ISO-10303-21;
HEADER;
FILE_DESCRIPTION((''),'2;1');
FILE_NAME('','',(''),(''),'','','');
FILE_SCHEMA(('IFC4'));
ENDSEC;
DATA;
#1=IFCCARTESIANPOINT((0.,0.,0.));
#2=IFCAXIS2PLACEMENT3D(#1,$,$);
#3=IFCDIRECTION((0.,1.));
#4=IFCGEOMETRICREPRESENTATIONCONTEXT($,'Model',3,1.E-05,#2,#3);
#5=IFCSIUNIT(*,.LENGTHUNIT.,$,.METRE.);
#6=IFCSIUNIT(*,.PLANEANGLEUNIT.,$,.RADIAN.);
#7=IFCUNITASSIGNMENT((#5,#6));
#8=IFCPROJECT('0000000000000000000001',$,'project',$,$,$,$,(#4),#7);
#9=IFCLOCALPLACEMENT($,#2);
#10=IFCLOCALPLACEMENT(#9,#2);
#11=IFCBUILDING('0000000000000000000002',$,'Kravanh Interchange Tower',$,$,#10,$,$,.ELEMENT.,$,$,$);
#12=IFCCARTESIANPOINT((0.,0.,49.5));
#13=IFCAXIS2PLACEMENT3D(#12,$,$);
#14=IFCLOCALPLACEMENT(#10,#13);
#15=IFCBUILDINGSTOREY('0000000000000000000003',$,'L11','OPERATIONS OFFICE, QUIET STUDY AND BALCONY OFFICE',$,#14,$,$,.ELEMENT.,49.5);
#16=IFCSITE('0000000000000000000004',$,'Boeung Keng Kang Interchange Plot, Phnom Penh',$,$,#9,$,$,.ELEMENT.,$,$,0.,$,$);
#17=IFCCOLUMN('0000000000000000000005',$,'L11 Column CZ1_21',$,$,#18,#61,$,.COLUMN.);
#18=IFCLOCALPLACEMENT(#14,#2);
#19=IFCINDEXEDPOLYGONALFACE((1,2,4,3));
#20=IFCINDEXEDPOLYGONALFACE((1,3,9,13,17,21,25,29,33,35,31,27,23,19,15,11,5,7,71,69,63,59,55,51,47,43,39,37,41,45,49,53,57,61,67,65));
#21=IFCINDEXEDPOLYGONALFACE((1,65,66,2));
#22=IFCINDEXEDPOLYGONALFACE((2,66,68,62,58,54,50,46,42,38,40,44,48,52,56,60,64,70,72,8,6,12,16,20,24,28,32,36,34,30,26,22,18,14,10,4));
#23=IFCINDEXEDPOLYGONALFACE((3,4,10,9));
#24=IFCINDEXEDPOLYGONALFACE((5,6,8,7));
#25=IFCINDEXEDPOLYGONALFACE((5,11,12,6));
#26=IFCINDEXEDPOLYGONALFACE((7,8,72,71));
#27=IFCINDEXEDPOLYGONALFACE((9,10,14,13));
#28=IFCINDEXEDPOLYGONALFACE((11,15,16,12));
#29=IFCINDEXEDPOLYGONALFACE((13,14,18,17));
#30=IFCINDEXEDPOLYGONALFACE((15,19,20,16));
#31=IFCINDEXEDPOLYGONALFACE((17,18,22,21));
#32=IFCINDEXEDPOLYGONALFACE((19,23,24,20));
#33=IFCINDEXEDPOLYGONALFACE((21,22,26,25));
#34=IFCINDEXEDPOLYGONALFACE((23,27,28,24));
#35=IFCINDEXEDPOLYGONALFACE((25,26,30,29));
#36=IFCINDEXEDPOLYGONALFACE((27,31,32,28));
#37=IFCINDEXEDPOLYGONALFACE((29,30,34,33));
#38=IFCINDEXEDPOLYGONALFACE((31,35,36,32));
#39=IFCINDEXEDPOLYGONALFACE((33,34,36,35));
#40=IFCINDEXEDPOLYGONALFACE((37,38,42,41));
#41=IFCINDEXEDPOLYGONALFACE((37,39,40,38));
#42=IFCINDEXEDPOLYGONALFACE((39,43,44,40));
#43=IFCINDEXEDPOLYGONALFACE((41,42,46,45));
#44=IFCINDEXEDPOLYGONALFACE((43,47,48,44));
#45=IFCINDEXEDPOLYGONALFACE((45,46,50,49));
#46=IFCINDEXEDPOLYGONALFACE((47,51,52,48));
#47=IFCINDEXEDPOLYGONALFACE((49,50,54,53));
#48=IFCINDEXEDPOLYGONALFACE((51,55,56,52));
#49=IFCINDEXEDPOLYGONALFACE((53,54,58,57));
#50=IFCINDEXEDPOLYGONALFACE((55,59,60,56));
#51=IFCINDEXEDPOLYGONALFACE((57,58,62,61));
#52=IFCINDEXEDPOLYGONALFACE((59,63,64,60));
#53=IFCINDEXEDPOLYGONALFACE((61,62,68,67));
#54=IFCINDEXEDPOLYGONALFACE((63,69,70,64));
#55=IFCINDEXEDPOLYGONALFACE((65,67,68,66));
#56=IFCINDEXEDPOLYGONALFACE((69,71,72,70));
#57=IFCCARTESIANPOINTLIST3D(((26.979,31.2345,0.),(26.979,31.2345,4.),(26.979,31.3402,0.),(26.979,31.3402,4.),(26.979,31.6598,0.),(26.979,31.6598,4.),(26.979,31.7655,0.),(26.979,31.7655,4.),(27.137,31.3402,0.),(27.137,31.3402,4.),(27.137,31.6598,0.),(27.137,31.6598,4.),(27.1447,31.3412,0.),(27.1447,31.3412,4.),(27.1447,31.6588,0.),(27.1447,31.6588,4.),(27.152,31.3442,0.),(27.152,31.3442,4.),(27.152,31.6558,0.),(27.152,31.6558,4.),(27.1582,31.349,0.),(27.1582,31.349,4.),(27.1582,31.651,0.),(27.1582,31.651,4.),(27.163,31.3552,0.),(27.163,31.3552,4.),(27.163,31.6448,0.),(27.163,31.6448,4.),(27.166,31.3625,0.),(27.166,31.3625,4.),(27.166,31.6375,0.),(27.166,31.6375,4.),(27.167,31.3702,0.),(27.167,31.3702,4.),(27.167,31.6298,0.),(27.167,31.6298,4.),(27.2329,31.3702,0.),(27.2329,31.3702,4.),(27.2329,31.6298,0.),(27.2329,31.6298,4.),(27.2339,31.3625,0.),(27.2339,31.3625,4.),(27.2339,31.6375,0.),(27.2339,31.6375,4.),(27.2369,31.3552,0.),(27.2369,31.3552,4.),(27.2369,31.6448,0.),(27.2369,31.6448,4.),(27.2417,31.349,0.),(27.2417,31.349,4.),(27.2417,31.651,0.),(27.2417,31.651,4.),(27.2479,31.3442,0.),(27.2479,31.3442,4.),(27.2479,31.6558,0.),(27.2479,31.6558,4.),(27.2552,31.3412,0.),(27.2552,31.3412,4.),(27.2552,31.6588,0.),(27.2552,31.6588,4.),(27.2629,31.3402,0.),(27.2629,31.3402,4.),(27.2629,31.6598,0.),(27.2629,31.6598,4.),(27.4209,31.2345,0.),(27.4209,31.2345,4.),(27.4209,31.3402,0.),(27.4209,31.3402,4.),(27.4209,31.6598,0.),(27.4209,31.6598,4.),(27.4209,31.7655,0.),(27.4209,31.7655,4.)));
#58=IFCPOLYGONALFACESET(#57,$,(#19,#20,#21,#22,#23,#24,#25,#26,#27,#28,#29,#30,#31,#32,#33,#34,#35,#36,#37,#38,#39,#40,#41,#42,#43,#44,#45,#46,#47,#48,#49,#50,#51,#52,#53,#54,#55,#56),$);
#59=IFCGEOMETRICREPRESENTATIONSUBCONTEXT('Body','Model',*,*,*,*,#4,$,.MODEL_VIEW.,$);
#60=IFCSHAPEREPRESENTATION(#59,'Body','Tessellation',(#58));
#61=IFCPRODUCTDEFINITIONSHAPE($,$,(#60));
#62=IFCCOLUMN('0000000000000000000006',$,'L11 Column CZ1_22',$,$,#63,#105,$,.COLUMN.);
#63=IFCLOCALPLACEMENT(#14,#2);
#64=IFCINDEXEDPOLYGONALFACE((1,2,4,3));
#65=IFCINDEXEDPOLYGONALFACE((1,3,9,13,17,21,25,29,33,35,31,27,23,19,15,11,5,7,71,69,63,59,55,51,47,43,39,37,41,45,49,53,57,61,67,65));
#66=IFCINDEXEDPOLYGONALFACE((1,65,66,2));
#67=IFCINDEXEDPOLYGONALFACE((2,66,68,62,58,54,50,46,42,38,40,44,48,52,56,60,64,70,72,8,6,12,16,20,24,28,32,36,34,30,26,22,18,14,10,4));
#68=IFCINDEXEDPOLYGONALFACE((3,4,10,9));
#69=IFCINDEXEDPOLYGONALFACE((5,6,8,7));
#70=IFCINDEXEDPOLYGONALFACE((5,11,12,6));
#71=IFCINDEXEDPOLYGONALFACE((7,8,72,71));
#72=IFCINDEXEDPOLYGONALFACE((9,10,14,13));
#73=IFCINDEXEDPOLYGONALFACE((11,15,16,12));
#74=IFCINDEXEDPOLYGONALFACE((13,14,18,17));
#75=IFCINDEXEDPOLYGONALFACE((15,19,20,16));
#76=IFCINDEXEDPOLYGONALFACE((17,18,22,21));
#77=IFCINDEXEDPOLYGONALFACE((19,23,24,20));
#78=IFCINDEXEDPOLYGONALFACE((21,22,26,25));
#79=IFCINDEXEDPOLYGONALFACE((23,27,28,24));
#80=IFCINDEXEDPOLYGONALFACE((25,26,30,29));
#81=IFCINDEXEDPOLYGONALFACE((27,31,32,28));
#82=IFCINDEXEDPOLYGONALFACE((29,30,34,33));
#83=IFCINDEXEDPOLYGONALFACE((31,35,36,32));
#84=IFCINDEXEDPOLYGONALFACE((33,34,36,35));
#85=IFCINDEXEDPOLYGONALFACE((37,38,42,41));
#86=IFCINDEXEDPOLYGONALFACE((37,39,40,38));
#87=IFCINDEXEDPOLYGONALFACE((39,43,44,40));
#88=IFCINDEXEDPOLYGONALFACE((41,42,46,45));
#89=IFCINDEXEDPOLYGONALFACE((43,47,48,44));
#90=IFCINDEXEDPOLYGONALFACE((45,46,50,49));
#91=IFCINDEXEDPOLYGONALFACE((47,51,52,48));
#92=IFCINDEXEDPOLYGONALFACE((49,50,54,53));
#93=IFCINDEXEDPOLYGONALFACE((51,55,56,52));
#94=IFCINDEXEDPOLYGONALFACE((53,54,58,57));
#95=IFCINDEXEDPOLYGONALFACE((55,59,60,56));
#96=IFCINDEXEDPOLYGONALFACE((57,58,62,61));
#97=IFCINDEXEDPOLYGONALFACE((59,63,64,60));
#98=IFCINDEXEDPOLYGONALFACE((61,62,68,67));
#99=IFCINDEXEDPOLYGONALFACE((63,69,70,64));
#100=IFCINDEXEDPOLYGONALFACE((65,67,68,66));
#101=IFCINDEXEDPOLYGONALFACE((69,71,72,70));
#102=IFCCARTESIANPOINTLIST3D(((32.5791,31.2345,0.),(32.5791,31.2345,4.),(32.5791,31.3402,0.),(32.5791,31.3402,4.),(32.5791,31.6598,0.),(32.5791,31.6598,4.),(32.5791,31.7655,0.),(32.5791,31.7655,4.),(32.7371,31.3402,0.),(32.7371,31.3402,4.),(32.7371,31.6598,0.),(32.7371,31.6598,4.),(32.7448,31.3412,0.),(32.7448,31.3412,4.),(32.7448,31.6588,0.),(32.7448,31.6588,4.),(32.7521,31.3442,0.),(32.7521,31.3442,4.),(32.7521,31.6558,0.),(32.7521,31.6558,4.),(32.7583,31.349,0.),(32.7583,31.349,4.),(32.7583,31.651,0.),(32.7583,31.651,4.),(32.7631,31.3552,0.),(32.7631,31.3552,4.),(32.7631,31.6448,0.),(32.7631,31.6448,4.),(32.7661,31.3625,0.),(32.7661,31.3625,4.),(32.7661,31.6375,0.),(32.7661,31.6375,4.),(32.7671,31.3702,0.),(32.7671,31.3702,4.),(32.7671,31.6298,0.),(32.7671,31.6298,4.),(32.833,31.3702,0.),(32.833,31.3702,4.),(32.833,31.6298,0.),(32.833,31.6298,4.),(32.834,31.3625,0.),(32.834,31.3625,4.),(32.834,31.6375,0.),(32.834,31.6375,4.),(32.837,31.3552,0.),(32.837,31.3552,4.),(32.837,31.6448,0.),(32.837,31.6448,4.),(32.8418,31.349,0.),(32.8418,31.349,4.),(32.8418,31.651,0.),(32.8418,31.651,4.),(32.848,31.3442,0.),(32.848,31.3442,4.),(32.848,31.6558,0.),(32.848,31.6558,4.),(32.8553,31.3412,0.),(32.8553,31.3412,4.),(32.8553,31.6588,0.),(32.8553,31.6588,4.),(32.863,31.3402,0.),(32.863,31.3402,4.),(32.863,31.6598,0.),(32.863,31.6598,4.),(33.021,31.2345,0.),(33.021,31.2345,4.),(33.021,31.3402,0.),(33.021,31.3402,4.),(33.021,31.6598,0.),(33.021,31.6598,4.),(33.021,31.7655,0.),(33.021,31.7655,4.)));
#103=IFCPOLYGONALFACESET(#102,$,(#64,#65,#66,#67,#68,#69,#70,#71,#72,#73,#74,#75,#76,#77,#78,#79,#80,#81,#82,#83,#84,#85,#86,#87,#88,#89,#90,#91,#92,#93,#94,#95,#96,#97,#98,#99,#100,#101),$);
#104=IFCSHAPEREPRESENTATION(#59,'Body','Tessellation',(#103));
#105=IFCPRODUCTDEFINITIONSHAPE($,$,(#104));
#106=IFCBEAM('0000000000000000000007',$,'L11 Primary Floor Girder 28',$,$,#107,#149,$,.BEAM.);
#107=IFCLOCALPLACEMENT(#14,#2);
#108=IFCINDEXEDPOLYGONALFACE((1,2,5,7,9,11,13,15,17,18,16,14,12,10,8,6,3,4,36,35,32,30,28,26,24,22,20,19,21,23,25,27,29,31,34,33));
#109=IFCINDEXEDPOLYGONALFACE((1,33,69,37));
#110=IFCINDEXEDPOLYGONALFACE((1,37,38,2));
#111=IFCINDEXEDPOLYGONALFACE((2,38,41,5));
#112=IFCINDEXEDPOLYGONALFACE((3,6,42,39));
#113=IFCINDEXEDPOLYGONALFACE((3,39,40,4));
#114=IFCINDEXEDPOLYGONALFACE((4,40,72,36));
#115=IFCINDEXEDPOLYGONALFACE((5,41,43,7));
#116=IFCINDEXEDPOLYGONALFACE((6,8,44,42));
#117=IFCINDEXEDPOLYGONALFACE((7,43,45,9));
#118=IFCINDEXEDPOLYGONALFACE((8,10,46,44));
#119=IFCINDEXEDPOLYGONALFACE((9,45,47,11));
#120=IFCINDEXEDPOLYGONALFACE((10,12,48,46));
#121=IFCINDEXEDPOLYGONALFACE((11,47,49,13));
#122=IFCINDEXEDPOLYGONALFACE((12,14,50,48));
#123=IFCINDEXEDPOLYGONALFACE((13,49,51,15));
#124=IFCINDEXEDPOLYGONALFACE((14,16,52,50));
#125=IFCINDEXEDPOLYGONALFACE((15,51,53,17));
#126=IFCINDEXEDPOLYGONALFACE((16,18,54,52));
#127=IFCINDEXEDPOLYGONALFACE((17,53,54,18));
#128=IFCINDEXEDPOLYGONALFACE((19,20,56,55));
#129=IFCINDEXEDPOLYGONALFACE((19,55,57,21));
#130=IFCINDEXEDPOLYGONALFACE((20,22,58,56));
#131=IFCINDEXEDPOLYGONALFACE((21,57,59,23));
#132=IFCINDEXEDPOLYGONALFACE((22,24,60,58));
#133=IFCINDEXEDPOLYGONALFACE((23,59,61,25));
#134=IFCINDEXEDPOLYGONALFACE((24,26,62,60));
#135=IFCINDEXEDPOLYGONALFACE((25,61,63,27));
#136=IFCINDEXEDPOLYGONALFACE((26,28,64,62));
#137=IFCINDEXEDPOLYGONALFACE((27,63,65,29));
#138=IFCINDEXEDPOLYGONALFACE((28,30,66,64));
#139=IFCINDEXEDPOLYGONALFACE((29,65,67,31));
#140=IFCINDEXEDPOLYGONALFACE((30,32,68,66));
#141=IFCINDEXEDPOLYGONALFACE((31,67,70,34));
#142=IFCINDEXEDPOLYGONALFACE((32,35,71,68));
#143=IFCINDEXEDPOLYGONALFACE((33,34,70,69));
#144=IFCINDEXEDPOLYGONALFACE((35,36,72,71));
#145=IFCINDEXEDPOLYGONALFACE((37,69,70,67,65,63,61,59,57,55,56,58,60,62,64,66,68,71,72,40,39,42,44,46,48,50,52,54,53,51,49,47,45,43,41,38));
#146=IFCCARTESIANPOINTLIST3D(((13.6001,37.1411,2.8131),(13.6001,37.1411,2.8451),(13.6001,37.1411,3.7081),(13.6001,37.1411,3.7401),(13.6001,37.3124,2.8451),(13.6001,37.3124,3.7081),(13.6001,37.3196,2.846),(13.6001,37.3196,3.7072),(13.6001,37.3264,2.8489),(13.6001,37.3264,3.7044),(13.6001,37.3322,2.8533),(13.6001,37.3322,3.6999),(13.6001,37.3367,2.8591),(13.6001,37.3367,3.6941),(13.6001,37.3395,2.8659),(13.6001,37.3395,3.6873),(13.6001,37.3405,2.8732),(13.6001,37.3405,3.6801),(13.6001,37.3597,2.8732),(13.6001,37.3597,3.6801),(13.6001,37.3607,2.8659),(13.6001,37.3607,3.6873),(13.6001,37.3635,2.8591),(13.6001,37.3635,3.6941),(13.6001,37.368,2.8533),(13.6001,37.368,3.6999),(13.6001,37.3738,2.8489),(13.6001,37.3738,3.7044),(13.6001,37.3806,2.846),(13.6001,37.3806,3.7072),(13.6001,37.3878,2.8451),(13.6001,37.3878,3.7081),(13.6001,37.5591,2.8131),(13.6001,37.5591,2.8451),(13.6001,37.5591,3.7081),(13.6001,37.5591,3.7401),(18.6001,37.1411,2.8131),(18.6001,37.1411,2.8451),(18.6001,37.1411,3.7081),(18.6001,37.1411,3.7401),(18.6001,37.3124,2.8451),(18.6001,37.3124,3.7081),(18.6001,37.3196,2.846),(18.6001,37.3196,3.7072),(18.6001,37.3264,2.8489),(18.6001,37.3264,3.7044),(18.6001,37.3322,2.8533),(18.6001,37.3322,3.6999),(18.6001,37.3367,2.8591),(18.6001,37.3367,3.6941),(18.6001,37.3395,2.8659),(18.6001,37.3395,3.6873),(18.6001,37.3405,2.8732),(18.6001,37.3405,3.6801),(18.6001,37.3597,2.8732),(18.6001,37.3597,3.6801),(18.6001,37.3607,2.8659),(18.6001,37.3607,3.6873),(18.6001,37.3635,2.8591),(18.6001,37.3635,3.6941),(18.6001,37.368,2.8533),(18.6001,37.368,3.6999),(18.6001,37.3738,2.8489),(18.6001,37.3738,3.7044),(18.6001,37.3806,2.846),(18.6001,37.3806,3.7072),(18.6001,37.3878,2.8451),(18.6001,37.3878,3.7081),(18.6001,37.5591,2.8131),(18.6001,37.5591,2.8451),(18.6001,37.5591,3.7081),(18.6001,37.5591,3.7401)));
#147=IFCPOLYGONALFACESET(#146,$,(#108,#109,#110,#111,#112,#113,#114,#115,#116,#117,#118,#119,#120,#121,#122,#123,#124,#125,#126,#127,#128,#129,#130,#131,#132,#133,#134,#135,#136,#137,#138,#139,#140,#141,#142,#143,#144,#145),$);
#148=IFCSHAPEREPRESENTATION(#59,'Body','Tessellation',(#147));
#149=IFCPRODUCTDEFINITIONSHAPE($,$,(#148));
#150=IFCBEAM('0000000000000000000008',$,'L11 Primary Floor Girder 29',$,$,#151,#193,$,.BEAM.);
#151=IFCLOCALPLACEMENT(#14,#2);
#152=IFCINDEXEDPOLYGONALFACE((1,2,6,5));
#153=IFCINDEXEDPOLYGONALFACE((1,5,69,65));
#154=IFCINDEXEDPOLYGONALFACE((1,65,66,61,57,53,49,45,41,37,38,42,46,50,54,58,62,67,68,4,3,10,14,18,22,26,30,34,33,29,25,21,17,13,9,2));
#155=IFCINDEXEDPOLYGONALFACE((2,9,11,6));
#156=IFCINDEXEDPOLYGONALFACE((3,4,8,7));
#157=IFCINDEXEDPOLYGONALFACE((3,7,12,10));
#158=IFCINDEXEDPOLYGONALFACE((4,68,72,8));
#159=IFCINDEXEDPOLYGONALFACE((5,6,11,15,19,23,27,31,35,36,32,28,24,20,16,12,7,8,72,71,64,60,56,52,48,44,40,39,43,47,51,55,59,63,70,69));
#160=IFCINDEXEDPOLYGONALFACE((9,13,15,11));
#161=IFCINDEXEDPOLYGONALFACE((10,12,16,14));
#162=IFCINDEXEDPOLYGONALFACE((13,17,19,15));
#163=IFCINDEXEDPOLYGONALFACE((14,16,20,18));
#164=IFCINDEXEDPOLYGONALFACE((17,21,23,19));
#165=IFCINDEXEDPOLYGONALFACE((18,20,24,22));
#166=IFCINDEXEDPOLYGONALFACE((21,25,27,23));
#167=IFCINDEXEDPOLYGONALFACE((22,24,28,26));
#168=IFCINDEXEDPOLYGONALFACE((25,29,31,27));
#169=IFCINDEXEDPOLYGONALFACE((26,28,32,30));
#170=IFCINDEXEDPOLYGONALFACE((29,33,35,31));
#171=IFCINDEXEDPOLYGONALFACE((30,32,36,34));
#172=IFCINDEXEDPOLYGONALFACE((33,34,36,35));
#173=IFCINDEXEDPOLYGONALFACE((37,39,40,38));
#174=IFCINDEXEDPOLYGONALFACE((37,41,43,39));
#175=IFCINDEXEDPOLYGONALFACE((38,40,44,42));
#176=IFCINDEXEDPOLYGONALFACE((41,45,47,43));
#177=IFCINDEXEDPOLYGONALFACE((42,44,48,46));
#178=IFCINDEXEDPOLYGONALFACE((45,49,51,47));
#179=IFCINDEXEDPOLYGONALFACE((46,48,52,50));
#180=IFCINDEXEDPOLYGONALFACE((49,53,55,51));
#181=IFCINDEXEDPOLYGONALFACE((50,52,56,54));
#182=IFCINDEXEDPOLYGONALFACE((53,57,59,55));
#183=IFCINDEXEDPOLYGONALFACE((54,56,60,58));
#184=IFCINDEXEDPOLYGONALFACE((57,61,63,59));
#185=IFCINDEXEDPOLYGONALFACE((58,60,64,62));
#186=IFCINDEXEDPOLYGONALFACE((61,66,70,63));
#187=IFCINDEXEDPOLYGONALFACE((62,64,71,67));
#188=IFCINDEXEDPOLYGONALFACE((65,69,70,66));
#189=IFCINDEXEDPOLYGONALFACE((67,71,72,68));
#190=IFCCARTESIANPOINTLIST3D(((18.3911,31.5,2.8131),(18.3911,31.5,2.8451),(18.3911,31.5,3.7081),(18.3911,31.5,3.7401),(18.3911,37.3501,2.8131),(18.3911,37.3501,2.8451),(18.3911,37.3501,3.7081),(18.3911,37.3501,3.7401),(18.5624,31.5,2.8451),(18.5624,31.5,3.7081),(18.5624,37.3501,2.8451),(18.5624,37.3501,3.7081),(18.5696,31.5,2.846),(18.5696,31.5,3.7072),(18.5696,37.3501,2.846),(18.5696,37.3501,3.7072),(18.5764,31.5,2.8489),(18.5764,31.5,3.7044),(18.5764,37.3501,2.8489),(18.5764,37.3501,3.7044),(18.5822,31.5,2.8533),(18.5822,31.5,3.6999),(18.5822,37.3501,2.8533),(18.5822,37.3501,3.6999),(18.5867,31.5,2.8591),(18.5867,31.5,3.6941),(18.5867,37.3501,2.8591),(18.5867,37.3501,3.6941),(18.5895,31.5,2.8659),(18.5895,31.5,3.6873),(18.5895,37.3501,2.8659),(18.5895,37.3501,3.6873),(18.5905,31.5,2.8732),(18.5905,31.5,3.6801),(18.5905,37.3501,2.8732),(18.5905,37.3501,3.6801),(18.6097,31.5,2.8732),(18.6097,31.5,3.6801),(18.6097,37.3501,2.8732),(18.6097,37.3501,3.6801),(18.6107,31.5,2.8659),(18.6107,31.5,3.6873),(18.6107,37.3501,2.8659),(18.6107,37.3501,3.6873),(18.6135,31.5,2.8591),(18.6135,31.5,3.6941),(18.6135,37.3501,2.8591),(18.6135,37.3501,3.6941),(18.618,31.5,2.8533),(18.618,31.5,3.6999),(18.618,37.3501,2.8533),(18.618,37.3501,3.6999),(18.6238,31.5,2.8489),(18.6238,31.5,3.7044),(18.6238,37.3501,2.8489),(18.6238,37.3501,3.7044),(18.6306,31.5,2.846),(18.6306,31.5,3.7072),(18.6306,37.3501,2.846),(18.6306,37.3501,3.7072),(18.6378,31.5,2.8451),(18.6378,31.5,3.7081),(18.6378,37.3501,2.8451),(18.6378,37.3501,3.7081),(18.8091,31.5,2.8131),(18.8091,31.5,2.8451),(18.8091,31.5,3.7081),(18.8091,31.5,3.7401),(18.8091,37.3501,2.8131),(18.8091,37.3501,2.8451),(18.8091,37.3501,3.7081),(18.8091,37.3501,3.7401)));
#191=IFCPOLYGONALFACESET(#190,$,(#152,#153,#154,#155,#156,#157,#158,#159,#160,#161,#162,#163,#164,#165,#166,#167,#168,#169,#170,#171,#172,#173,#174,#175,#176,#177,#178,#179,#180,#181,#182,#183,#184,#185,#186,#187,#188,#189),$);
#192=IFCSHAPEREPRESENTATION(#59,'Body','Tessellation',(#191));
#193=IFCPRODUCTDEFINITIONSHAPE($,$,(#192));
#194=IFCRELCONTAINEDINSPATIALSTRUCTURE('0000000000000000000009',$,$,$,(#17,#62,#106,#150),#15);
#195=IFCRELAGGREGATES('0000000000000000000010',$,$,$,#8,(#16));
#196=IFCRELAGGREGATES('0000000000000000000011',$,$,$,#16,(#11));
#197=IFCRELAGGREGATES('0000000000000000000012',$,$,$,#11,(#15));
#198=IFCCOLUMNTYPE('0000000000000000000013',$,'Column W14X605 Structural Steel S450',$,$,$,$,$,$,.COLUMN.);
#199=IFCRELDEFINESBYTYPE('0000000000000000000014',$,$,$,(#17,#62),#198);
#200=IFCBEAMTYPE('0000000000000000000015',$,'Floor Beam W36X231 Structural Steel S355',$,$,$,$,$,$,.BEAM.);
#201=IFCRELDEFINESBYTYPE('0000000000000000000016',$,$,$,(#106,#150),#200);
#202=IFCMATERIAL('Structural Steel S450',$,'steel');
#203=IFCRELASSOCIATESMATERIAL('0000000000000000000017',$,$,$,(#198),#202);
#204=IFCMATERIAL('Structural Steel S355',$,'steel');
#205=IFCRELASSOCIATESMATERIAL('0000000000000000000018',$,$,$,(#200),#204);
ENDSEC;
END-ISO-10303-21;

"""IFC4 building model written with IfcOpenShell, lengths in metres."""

from ifc_helpers import new_model, si_unit, direction, frame, origin, origin_2d, place, context, subcontext, project, spatial, i_section, extrude, material, material_profile, profile_set, type_object, element, save


model = new_model("IFC4")

# Units and contexts
model_context = context("Model", 3, precision=1e-05, world=origin(), true_north=direction((0.0, 1.0)))
body_context = subcontext(model_context, "Body", "Model", "MODEL_VIEW")
ifc_project = project(units=[si_unit("LENGTHUNIT", "METRE"), si_unit("PLANEANGLEUNIT", "RADIAN")], contexts=[model_context])

# Site, building, storey
site_placement = place(None, origin())
site = spatial("IfcSite", under=ifc_project, at=site_placement, Name="Boeung Keng Kang Interchange Plot, Phnom Penh", CompositionType="ELEMENT", RefElevation=0.0)
building_placement = place(site_placement, origin())
building = spatial("IfcBuilding", under=site, at=building_placement, Name="Kravanh Interchange Tower", CompositionType="ELEMENT")
storey_placement = place(building_placement, frame((0.0, 0.0, 49.5)))
storey = spatial("IfcBuildingStorey", under=building, at=storey_placement, Name="L11", Description="OPERATIONS OFFICE, QUIET STUDY AND BALCONY OFFICE", CompositionType="ELEMENT", Elevation=49.5)

# Columns
ifc_material_1 = material(Name="Structural Steel S450", Category="steel")
ifc_material_profile_1 = material_profile(ifc_material_1, i_section(OverallWidth=0.4419, OverallDepth=0.531, WebThickness=0.0659, FlangeThickness=0.1057, FilletRadius=0.03, at=origin_2d()), Name="W14X605")
ifc_profile_set_1 = profile_set([ifc_material_profile_1], Name="Structural Steel S450")
column_type_1 = type_object("IfcColumnType", Name="Column W14X605 Structural Steel S450", PredefinedType="COLUMN", material=ifc_profile_set_1)
for number, where, z_axis, x_axis, name in (
    (1, (27.2, 31.5, 0.0), (0.0, 0.0, 1.0), (1.0, 0.0, 0.0), "L11 Column CZ1_21"),
    (2, (32.8, 31.5, 0.0), (0.0, 0.0, 1.0), (1.0, 0.0, 0.0), "L11 Column CZ1_22"),
):
    element("IfcColumn", number, at=place(storey_placement, frame(where, z_axis=z_axis, x_axis=x_axis)), inside=storey, type_object=column_type_1, Name=name, PredefinedType="COLUMN", context=body_context, shape_type="SweptSolid", body=[
        extrude(i_section(OverallWidth=0.4419, OverallDepth=0.531, WebThickness=0.0659, FlangeThickness=0.1057, FilletRadius=0.03, at=origin_2d()), origin(), (0.0, 0.0, 1.0), 4.0),
    ])

# Beams
ifc_material_2 = material(Name="Structural Steel S355", Category="steel")
ifc_material_profile_2 = material_profile(ifc_material_2, i_section(OverallWidth=0.418, OverallDepth=0.927, WebThickness=0.0193, FlangeThickness=0.032, FilletRadius=0.0281, at=origin_2d()), Name="W36X231")
ifc_profile_set_2 = profile_set([ifc_material_profile_2], Name="Structural Steel S355")
beam_type_1 = type_object("IfcBeamType", Name="Floor Beam W36X231 Structural Steel S355", PredefinedType="BEAM", material=ifc_profile_set_2)
beam_1_placement = place(storey_placement, frame((18.6001, 37.3501, 3.2766), z_axis=(-1.0, 0.0, 0.0), x_axis=(0.0, -1.0, 0.0)))
element("IfcBeam", 3, at=beam_1_placement, inside=storey, type_object=beam_type_1, Name="L11 Primary Floor Girder 28", PredefinedType="BEAM", context=body_context, shape_type="SweptSolid", body=[
    extrude(i_section(OverallWidth=0.418, OverallDepth=0.927, WebThickness=0.0193, FlangeThickness=0.032, FilletRadius=0.0281, at=origin_2d()), origin(), (0.0, 0.0, 1.0), 5.0),
])
beam_2_placement = place(storey_placement, frame((18.6001, 37.3501, 3.2766), z_axis=(0.0, -1.0, 0.0), x_axis=(1.0, 0.0, 0.0)))
element("IfcBeam", 4, at=beam_2_placement, inside=storey, type_object=beam_type_1, Name="L11 Primary Floor Girder 29", PredefinedType="BEAM", context=body_context, shape_type="SweptSolid", body=[
    extrude(i_section(OverallWidth=0.418, OverallDepth=0.927, WebThickness=0.0193, FlangeThickness=0.032, FilletRadius=0.0281, at=origin_2d()), origin(), (0.0, 0.0, 1.0), 5.8501),
])

save(model, "model.ifc")
